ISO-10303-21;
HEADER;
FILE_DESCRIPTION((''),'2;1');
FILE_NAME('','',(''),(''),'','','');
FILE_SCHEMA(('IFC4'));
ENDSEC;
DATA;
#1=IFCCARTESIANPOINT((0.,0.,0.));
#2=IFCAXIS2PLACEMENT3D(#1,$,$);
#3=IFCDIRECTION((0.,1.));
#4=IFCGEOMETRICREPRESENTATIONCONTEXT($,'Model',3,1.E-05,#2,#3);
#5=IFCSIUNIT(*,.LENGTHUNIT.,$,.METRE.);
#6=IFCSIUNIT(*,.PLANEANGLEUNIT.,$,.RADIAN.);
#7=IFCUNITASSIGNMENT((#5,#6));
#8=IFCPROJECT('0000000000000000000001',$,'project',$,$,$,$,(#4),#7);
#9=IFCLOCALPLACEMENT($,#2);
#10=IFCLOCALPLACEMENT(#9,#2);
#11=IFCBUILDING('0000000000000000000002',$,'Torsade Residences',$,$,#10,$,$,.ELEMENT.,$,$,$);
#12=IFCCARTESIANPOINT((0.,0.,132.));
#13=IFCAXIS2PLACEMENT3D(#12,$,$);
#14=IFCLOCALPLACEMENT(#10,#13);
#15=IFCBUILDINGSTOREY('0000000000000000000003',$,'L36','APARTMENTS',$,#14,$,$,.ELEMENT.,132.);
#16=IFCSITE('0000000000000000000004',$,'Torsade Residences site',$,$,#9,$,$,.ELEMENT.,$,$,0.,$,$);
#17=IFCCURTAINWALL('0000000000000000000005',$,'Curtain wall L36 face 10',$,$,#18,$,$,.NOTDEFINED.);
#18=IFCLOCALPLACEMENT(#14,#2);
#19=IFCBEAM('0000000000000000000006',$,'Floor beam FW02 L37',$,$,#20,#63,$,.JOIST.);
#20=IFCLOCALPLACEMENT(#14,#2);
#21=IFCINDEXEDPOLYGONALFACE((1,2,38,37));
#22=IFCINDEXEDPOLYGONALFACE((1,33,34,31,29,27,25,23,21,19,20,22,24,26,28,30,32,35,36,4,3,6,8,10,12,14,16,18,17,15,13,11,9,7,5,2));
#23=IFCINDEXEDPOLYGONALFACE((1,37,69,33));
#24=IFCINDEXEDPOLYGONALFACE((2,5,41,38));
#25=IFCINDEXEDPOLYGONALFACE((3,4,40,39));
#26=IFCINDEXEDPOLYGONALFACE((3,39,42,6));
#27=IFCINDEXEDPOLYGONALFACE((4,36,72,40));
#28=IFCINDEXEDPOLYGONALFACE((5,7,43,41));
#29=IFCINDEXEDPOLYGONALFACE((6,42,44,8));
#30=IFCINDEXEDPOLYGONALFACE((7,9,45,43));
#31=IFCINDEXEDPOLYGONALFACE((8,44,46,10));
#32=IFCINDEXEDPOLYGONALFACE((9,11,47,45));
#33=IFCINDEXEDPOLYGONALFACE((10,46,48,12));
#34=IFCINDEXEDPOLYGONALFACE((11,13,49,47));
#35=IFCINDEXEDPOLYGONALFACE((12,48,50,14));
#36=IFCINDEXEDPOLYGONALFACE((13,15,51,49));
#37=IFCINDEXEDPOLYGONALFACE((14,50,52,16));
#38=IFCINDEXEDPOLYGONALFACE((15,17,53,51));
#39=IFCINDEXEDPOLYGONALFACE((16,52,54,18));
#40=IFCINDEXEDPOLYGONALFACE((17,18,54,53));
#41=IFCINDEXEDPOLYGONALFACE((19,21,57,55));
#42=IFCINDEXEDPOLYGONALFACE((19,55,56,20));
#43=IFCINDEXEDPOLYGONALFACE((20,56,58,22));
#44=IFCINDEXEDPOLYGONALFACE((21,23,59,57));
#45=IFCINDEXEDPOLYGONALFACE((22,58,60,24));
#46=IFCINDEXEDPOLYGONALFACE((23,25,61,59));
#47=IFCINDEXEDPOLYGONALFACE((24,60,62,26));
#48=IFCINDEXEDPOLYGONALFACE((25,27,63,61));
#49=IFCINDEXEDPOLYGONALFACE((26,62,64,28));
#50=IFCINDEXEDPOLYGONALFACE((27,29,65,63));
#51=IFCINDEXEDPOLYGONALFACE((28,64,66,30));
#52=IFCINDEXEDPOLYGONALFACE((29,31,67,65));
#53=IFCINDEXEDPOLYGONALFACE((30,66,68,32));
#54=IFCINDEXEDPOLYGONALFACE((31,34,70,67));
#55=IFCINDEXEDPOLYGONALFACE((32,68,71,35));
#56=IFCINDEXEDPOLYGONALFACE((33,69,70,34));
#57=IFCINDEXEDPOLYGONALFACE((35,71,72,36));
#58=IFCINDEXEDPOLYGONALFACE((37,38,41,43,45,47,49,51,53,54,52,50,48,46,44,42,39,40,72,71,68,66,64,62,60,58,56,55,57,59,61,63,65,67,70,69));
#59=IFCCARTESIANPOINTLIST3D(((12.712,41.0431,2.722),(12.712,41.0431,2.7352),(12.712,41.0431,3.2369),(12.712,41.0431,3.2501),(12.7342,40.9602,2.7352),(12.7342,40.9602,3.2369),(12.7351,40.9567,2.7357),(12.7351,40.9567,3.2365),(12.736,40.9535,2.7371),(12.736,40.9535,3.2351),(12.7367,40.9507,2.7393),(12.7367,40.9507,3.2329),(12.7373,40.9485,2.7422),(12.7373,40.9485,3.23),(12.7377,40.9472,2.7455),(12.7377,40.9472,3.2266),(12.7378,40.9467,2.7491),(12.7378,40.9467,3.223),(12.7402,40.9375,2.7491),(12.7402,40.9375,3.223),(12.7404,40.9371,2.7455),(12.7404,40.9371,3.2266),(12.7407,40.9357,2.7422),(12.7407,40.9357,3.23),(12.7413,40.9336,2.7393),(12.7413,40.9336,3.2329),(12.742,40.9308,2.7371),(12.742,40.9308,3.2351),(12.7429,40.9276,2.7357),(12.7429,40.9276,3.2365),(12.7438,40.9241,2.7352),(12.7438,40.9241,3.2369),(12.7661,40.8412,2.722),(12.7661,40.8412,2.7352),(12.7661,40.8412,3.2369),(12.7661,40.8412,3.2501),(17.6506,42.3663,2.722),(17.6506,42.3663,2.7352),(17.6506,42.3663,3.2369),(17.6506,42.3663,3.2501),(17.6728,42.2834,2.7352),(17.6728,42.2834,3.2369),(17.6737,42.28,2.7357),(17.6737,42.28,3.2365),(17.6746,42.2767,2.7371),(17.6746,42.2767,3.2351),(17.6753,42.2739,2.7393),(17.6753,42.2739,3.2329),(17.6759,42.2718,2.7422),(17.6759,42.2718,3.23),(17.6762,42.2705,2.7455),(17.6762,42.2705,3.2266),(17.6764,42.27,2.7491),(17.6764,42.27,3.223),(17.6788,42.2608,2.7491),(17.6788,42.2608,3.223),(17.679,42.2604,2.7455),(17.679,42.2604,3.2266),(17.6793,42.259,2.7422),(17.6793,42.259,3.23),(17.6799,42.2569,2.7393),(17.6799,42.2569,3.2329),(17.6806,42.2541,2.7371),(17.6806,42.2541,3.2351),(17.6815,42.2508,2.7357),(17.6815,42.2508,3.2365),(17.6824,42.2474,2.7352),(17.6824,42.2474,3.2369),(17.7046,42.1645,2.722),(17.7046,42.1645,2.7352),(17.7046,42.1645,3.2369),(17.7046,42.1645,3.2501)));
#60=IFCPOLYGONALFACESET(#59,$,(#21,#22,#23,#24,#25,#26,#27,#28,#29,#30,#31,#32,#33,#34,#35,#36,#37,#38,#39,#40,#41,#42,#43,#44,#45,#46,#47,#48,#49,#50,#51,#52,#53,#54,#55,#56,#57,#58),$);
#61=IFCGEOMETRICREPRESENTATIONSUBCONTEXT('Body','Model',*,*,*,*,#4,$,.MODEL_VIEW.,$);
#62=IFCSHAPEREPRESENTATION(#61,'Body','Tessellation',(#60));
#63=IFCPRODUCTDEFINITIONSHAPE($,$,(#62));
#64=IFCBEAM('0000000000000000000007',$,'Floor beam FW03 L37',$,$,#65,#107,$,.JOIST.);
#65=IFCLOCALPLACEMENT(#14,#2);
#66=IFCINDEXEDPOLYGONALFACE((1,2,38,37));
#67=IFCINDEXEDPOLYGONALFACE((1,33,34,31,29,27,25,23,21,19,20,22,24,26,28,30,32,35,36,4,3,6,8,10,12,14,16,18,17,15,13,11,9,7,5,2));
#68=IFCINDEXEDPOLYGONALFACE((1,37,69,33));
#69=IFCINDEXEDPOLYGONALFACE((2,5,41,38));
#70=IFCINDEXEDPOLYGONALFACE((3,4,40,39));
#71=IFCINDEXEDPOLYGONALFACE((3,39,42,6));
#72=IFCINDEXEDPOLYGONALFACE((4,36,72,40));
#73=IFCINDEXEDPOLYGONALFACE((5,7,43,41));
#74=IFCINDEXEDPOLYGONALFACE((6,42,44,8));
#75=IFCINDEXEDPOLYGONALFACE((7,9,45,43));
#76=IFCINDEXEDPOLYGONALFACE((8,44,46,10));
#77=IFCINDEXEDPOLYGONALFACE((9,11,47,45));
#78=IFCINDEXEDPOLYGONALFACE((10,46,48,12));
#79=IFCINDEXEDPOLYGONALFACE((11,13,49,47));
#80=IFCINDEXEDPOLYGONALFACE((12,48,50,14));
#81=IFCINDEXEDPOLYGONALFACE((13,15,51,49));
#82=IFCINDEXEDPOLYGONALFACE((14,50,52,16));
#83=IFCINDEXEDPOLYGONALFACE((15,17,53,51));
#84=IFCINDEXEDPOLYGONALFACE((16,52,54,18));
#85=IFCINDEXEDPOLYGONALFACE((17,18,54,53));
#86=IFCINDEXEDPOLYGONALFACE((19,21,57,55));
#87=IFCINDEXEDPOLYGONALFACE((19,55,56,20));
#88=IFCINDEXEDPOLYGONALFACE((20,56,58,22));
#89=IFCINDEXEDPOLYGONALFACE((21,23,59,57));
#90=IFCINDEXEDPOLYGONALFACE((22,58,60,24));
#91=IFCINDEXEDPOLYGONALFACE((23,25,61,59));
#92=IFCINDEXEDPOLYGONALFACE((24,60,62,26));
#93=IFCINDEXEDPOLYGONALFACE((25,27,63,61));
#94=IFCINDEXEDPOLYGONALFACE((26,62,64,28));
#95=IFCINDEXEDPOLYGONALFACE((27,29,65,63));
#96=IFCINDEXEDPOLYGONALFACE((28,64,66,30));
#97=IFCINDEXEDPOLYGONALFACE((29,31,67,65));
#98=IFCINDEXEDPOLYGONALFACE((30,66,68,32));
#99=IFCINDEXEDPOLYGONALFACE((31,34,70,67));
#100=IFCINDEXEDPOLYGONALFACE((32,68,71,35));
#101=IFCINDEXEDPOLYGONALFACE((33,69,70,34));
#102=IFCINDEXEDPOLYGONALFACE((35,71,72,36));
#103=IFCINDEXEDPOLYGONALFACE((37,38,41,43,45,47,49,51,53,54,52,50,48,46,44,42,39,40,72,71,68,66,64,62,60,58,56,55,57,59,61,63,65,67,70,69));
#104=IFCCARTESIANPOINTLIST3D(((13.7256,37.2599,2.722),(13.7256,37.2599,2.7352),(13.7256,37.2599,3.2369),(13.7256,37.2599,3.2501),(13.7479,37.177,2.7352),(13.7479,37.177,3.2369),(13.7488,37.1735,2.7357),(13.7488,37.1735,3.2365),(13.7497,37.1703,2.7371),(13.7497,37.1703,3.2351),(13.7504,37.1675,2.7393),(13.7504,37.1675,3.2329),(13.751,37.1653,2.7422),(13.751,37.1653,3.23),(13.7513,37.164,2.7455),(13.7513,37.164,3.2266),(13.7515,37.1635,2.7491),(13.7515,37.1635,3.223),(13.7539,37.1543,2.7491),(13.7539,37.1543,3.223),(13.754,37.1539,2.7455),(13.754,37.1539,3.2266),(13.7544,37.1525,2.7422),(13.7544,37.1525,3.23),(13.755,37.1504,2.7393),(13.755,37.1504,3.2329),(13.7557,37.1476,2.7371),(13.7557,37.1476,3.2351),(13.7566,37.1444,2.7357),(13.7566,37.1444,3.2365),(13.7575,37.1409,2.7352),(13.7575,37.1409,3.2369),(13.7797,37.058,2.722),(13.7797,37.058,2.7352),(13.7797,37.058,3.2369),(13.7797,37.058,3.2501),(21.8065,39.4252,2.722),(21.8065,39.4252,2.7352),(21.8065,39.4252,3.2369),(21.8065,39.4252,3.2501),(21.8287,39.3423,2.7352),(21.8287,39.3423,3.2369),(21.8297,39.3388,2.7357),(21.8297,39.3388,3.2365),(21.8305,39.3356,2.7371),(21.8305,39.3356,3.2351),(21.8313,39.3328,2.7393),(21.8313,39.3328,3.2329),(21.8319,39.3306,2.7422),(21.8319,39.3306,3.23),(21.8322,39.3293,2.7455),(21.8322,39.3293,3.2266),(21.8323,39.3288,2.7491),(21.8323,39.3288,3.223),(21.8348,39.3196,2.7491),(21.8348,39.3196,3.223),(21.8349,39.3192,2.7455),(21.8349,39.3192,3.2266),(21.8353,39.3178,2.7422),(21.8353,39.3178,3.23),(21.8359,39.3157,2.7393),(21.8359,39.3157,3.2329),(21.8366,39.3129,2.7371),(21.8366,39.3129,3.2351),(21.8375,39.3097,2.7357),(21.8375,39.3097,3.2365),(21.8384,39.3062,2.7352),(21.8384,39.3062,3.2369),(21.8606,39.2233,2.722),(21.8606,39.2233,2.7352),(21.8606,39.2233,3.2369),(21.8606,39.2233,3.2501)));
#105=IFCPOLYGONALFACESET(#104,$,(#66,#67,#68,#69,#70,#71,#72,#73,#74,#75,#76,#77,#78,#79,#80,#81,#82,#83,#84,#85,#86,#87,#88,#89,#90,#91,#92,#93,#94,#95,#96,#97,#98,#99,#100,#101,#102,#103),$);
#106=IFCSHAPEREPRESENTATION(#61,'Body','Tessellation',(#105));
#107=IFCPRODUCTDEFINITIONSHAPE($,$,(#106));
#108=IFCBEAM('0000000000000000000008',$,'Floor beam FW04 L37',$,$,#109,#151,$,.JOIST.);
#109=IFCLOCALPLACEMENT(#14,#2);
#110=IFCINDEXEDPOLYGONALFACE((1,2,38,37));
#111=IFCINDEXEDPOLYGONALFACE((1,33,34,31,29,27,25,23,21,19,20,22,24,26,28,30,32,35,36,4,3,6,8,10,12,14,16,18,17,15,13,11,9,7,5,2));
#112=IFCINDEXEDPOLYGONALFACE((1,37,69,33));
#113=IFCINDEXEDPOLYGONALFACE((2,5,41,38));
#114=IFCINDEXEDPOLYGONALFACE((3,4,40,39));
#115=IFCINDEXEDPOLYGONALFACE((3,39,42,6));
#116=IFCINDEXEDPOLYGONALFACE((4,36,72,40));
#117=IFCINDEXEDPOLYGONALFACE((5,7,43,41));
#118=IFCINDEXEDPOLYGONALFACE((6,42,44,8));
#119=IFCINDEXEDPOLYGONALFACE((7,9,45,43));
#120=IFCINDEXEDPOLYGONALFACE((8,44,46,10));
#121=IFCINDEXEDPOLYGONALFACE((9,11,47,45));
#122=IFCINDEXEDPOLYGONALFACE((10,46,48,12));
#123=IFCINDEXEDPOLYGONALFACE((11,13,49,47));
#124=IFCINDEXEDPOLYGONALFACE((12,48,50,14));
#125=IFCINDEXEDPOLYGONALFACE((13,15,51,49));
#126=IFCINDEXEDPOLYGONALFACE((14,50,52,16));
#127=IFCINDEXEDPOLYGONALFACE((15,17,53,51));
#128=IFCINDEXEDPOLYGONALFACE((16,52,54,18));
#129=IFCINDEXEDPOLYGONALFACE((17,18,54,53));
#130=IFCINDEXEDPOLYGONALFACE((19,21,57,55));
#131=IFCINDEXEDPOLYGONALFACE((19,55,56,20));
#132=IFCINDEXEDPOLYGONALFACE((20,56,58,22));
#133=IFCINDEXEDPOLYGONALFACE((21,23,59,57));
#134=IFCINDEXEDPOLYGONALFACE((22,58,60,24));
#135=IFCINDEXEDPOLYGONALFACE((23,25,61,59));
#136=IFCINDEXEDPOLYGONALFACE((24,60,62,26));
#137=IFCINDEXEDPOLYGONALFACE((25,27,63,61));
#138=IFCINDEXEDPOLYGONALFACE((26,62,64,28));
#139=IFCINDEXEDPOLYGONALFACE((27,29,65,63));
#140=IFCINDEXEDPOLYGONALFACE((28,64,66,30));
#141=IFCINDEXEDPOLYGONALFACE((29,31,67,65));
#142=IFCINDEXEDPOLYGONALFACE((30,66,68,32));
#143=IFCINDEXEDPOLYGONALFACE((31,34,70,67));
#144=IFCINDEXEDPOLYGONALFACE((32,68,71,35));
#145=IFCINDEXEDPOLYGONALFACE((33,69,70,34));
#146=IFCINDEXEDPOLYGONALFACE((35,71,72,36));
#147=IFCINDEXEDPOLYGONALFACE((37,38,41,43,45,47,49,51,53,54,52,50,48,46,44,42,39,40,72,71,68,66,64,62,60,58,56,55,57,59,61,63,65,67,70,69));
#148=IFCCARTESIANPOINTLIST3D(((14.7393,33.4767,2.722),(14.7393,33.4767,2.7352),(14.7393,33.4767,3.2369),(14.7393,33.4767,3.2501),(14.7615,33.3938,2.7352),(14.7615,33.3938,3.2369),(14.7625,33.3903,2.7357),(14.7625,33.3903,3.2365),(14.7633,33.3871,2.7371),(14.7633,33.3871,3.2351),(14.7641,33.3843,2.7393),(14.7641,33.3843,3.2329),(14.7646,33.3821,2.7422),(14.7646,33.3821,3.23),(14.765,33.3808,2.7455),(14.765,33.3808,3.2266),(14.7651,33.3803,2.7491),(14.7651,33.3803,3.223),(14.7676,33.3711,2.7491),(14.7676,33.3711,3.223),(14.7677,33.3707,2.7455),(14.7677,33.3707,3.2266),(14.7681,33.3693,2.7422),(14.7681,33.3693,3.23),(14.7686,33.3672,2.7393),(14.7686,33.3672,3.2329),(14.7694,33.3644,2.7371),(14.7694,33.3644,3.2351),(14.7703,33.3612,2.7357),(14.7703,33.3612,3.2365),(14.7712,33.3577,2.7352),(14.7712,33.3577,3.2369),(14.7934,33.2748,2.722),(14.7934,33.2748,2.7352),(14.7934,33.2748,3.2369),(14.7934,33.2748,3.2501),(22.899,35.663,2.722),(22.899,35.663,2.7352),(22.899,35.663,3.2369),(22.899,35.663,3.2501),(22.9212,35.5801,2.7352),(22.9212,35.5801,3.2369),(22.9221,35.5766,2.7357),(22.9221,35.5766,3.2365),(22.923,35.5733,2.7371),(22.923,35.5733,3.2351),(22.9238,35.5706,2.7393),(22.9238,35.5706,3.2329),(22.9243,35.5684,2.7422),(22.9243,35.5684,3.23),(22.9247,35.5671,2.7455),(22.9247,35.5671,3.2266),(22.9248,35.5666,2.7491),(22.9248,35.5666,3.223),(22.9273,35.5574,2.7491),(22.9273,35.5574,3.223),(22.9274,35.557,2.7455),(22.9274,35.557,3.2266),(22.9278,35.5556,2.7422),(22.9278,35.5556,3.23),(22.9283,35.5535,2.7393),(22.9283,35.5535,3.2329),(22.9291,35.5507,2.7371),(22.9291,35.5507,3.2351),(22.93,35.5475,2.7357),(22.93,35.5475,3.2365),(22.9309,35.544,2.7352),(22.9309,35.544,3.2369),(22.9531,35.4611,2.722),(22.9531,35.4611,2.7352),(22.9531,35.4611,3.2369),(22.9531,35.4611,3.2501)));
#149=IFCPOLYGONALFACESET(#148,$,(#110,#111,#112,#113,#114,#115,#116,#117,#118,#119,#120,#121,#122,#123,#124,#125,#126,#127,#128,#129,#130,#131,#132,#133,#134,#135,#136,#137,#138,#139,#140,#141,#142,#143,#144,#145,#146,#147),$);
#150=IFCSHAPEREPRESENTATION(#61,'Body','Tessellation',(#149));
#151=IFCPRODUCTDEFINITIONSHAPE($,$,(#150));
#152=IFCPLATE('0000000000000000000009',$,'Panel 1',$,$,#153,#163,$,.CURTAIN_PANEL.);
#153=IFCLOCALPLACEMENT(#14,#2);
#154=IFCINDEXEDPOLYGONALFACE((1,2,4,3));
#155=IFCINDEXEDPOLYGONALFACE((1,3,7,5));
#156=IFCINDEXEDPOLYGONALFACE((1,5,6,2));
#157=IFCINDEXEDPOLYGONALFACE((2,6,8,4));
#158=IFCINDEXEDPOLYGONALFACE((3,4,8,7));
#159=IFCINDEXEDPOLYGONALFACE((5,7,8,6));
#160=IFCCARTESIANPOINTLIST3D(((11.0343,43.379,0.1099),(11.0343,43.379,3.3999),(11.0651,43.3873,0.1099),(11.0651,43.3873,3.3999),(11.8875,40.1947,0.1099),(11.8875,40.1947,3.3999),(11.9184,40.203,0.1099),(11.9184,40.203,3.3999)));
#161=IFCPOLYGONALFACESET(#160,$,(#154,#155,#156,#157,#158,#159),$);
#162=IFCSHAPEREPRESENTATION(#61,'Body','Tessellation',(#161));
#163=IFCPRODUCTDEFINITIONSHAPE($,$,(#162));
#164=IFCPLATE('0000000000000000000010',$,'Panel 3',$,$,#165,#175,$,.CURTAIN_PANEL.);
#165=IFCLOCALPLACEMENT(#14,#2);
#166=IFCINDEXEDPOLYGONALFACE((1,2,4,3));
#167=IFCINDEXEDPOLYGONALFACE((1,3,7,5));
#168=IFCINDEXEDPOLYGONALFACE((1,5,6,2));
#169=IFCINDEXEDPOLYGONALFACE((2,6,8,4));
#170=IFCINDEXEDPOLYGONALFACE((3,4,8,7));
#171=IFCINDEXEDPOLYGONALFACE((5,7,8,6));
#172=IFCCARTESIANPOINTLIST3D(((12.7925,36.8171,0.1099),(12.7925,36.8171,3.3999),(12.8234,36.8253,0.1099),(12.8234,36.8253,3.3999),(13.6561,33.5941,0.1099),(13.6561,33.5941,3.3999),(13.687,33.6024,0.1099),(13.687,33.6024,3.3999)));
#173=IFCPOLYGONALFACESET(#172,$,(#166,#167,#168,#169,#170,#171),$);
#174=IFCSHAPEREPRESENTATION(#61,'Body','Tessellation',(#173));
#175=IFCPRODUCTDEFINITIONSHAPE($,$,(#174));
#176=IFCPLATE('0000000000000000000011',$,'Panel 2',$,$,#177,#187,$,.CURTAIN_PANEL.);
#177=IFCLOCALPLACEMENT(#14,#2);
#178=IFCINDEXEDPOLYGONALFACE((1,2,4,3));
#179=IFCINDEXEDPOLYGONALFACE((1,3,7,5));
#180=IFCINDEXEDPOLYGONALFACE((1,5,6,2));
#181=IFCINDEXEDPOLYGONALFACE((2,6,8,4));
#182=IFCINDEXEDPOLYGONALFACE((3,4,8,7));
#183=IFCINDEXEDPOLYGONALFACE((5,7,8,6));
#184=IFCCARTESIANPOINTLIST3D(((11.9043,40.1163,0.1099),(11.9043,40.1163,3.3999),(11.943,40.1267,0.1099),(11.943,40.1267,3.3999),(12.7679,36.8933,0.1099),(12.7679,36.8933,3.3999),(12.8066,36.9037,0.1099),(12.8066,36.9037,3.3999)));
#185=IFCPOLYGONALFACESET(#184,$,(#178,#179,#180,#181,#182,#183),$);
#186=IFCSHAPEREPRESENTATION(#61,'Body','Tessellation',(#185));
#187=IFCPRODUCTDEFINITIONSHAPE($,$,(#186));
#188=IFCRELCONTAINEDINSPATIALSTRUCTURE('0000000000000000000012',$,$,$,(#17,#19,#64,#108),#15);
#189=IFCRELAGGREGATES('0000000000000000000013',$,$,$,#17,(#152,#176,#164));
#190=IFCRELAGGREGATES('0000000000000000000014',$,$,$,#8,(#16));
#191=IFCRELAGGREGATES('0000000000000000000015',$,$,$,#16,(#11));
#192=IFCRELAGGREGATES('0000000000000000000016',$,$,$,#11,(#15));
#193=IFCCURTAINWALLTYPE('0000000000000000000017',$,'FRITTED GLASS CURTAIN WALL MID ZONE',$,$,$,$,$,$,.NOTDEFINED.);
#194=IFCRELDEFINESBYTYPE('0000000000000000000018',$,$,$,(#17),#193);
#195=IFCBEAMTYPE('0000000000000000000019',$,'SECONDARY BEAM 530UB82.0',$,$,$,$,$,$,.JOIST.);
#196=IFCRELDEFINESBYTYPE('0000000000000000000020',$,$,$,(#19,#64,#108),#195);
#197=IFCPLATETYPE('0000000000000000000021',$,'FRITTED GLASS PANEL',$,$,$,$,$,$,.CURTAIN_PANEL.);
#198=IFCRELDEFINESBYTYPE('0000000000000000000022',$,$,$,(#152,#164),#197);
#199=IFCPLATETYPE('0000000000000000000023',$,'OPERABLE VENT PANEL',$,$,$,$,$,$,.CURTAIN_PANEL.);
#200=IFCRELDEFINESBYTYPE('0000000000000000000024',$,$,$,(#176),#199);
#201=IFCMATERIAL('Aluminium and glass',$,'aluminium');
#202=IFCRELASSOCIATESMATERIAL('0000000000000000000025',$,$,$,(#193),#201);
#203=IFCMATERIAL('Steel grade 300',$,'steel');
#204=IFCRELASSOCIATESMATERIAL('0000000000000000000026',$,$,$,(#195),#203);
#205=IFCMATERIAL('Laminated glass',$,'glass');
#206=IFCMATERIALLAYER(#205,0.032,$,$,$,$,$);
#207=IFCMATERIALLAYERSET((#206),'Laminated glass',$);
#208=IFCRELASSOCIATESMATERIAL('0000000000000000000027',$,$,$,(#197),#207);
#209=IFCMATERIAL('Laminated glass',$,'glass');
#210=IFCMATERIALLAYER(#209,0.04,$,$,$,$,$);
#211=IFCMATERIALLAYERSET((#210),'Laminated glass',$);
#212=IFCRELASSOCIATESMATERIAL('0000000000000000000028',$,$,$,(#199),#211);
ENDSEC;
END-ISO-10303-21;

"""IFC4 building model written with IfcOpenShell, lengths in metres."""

from ifc_helpers import new_model, si_unit, direction, frame, origin, origin_2d, place, context, subcontext, project, spatial, rectangle, i_section, extrude, material, layer, layer_set, material_profile, profile_set, type_object, element, aggregate, save


model = new_model("IFC4")

# Units and contexts
model_context = context("Model", 3, precision=1e-05, world=origin(), true_north=direction((0.0, 1.0)))
body_context = subcontext(model_context, "Body", "Model", "MODEL_VIEW")
ifc_project = project(units=[si_unit("LENGTHUNIT", "METRE"), si_unit("PLANEANGLEUNIT", "RADIAN")], contexts=[model_context])

# Site, building, storey
site_placement = place(None, origin())
site = spatial("IfcSite", under=ifc_project, at=site_placement, Name="Torsade Residences site", CompositionType="ELEMENT", RefElevation=0.0)
building_placement = place(site_placement, origin())
building = spatial("IfcBuilding", under=site, at=building_placement, Name="Torsade Residences", CompositionType="ELEMENT")
storey_placement = place(building_placement, frame((0.0, 0.0, 132.0)))
storey = spatial("IfcBuildingStorey", under=building, at=storey_placement, Name="L36", Description="APARTMENTS", CompositionType="ELEMENT", Elevation=132.0)

# Curtain wall
ifc_material_1 = material(Name="Aluminium and glass", Category="aluminium")
curtain_wall_type = type_object("IfcCurtainWallType", Name="FRITTED GLASS CURTAIN WALL MID ZONE", PredefinedType="NOTDEFINED", material=ifc_material_1)
curtain_wall_placement = place(storey_placement, origin())
curtain_wall = element("IfcCurtainWall", 1, at=curtain_wall_placement, inside=storey, type_object=curtain_wall_type, Name="Curtain wall L36 face 10", PredefinedType="NOTDEFINED")

# Beams
ifc_material_2 = material(Name="Steel grade 300", Category="steel")
ifc_material_profile_1 = material_profile(ifc_material_2, i_section(OverallWidth=0.209, OverallDepth=0.5281, WebThickness=0.0095, FlangeThickness=0.0132, FilletRadius=0.0139, at=origin_2d()), Name="530UB82.0")
ifc_profile_set_1 = profile_set([ifc_material_profile_1], Name="Steel grade 300")
beam_type_1 = type_object("IfcBeamType", Name="SECONDARY BEAM 530UB82.0", PredefinedType="JOIST", material=ifc_profile_set_1)
beam_1_placement = place(storey_placement, frame((12.739, 40.9421, 2.9861), z_axis=(0.965927, 0.258816, 0.0), x_axis=(-0.258816, 0.965927, 0.0)))
element("IfcBeam", 2, at=beam_1_placement, inside=storey, type_object=beam_type_1, Name="Floor beam FW02 L37", PredefinedType="JOIST", context=body_context, shape_type="SweptSolid", body=[
    extrude(i_section(OverallWidth=0.209, OverallDepth=0.5281, WebThickness=0.0095, FlangeThickness=0.0132, FilletRadius=0.0139, at=origin_2d()), origin(), (0.0, 0.0, 1.0), 5.1128),
])
beam_2_placement = place(storey_placement, frame((13.7527, 37.1589, 2.9861), z_axis=(0.965925, 0.258823, 0.0), x_axis=(-0.258823, 0.965925, 0.0)))
element("IfcBeam", 3, at=beam_2_placement, inside=storey, type_object=beam_type_1, Name="Floor beam FW03 L37", PredefinedType="JOIST", context=body_context, shape_type="SweptSolid", body=[
    extrude(i_section(OverallWidth=0.209, OverallDepth=0.5281, WebThickness=0.0095, FlangeThickness=0.0132, FilletRadius=0.0139, at=origin_2d()), origin(), (0.0, 0.0, 1.0), 8.366),
])
beam_3_placement = place(storey_placement, frame((14.7664, 33.3757, 2.9861), z_axis=(0.965929, 0.258808, 0.0), x_axis=(-0.258808, 0.965929, 0.0)))
element("IfcBeam", 4, at=beam_3_placement, inside=storey, type_object=beam_type_1, Name="Floor beam FW04 L37", PredefinedType="JOIST", context=body_context, shape_type="SweptSolid", body=[
    extrude(i_section(OverallWidth=0.209, OverallDepth=0.5281, WebThickness=0.0095, FlangeThickness=0.0132, FilletRadius=0.0139, at=origin_2d()), origin(), (0.0, 0.0, 1.0), 8.4475),
])

# Plates
ifc_material_3 = material(Name="Laminated glass", Category="glass")
ifc_layer_1 = layer(ifc_material_3, 0.032)
ifc_layer_set_1 = layer_set([ifc_layer_1], Name="Laminated glass")
plate_type_1 = type_object("IfcPlateType", Name="FRITTED GLASS PANEL", PredefinedType="CURTAIN_PANEL", material=ifc_layer_set_1)
plate_1_placement = place(storey_placement, frame((11.4763, 41.791, 0.1099), z_axis=(0.0, 0.0, 1.0), x_axis=(0.258819, -0.965926, 0.0)))
plate_1 = element("IfcPlate", 5, at=plate_1_placement, type_object=plate_type_1, Name="Panel 1", PredefinedType="CURTAIN_PANEL", context=body_context, shape_type="SweptSolid", body=[
    extrude(rectangle(XDim=3.2966, YDim=0.032, at=origin_2d()), origin(), (0.0, 0.0, 1.0), 3.29),
])
plate_2_placement = place(storey_placement, frame((13.2397, 35.2097, 0.1099), z_axis=(0.0, 0.0, 1.0), x_axis=(0.258819, -0.965926, 0.0)))
plate_2 = element("IfcPlate", 6, at=plate_2_placement, type_object=plate_type_1, Name="Panel 3", PredefinedType="CURTAIN_PANEL", context=body_context, shape_type="SweptSolid", body=[
    extrude(rectangle(XDim=3.3367, YDim=0.032, at=origin_2d()), origin(), (0.0, 0.0, 1.0), 3.29),
])
ifc_material_4 = material(Name="Laminated glass", Category="glass")
ifc_layer_2 = layer(ifc_material_4, 0.04)
ifc_layer_set_2 = layer_set([ifc_layer_2], Name="Laminated glass")
plate_type_2 = type_object("IfcPlateType", Name="OPERABLE VENT PANEL", PredefinedType="CURTAIN_PANEL", material=ifc_layer_set_2)
plate_3_placement = place(storey_placement, frame((12.3555, 38.51, 0.1099), z_axis=(0.0, 0.0, 1.0), x_axis=(0.258819, -0.965926, 0.0)))
plate_3 = element("IfcPlate", 7, at=plate_3_placement, type_object=plate_type_2, Name="Panel 2", PredefinedType="CURTAIN_PANEL", context=body_context, shape_type="SweptSolid", body=[
    extrude(rectangle(XDim=3.3367, YDim=0.04, at=origin_2d()), origin(), (0.0, 0.0, 1.0), 3.29),
])
aggregate(curtain_wall, [plate_1, plate_3, plate_2])

save(model, "model.ifc")
